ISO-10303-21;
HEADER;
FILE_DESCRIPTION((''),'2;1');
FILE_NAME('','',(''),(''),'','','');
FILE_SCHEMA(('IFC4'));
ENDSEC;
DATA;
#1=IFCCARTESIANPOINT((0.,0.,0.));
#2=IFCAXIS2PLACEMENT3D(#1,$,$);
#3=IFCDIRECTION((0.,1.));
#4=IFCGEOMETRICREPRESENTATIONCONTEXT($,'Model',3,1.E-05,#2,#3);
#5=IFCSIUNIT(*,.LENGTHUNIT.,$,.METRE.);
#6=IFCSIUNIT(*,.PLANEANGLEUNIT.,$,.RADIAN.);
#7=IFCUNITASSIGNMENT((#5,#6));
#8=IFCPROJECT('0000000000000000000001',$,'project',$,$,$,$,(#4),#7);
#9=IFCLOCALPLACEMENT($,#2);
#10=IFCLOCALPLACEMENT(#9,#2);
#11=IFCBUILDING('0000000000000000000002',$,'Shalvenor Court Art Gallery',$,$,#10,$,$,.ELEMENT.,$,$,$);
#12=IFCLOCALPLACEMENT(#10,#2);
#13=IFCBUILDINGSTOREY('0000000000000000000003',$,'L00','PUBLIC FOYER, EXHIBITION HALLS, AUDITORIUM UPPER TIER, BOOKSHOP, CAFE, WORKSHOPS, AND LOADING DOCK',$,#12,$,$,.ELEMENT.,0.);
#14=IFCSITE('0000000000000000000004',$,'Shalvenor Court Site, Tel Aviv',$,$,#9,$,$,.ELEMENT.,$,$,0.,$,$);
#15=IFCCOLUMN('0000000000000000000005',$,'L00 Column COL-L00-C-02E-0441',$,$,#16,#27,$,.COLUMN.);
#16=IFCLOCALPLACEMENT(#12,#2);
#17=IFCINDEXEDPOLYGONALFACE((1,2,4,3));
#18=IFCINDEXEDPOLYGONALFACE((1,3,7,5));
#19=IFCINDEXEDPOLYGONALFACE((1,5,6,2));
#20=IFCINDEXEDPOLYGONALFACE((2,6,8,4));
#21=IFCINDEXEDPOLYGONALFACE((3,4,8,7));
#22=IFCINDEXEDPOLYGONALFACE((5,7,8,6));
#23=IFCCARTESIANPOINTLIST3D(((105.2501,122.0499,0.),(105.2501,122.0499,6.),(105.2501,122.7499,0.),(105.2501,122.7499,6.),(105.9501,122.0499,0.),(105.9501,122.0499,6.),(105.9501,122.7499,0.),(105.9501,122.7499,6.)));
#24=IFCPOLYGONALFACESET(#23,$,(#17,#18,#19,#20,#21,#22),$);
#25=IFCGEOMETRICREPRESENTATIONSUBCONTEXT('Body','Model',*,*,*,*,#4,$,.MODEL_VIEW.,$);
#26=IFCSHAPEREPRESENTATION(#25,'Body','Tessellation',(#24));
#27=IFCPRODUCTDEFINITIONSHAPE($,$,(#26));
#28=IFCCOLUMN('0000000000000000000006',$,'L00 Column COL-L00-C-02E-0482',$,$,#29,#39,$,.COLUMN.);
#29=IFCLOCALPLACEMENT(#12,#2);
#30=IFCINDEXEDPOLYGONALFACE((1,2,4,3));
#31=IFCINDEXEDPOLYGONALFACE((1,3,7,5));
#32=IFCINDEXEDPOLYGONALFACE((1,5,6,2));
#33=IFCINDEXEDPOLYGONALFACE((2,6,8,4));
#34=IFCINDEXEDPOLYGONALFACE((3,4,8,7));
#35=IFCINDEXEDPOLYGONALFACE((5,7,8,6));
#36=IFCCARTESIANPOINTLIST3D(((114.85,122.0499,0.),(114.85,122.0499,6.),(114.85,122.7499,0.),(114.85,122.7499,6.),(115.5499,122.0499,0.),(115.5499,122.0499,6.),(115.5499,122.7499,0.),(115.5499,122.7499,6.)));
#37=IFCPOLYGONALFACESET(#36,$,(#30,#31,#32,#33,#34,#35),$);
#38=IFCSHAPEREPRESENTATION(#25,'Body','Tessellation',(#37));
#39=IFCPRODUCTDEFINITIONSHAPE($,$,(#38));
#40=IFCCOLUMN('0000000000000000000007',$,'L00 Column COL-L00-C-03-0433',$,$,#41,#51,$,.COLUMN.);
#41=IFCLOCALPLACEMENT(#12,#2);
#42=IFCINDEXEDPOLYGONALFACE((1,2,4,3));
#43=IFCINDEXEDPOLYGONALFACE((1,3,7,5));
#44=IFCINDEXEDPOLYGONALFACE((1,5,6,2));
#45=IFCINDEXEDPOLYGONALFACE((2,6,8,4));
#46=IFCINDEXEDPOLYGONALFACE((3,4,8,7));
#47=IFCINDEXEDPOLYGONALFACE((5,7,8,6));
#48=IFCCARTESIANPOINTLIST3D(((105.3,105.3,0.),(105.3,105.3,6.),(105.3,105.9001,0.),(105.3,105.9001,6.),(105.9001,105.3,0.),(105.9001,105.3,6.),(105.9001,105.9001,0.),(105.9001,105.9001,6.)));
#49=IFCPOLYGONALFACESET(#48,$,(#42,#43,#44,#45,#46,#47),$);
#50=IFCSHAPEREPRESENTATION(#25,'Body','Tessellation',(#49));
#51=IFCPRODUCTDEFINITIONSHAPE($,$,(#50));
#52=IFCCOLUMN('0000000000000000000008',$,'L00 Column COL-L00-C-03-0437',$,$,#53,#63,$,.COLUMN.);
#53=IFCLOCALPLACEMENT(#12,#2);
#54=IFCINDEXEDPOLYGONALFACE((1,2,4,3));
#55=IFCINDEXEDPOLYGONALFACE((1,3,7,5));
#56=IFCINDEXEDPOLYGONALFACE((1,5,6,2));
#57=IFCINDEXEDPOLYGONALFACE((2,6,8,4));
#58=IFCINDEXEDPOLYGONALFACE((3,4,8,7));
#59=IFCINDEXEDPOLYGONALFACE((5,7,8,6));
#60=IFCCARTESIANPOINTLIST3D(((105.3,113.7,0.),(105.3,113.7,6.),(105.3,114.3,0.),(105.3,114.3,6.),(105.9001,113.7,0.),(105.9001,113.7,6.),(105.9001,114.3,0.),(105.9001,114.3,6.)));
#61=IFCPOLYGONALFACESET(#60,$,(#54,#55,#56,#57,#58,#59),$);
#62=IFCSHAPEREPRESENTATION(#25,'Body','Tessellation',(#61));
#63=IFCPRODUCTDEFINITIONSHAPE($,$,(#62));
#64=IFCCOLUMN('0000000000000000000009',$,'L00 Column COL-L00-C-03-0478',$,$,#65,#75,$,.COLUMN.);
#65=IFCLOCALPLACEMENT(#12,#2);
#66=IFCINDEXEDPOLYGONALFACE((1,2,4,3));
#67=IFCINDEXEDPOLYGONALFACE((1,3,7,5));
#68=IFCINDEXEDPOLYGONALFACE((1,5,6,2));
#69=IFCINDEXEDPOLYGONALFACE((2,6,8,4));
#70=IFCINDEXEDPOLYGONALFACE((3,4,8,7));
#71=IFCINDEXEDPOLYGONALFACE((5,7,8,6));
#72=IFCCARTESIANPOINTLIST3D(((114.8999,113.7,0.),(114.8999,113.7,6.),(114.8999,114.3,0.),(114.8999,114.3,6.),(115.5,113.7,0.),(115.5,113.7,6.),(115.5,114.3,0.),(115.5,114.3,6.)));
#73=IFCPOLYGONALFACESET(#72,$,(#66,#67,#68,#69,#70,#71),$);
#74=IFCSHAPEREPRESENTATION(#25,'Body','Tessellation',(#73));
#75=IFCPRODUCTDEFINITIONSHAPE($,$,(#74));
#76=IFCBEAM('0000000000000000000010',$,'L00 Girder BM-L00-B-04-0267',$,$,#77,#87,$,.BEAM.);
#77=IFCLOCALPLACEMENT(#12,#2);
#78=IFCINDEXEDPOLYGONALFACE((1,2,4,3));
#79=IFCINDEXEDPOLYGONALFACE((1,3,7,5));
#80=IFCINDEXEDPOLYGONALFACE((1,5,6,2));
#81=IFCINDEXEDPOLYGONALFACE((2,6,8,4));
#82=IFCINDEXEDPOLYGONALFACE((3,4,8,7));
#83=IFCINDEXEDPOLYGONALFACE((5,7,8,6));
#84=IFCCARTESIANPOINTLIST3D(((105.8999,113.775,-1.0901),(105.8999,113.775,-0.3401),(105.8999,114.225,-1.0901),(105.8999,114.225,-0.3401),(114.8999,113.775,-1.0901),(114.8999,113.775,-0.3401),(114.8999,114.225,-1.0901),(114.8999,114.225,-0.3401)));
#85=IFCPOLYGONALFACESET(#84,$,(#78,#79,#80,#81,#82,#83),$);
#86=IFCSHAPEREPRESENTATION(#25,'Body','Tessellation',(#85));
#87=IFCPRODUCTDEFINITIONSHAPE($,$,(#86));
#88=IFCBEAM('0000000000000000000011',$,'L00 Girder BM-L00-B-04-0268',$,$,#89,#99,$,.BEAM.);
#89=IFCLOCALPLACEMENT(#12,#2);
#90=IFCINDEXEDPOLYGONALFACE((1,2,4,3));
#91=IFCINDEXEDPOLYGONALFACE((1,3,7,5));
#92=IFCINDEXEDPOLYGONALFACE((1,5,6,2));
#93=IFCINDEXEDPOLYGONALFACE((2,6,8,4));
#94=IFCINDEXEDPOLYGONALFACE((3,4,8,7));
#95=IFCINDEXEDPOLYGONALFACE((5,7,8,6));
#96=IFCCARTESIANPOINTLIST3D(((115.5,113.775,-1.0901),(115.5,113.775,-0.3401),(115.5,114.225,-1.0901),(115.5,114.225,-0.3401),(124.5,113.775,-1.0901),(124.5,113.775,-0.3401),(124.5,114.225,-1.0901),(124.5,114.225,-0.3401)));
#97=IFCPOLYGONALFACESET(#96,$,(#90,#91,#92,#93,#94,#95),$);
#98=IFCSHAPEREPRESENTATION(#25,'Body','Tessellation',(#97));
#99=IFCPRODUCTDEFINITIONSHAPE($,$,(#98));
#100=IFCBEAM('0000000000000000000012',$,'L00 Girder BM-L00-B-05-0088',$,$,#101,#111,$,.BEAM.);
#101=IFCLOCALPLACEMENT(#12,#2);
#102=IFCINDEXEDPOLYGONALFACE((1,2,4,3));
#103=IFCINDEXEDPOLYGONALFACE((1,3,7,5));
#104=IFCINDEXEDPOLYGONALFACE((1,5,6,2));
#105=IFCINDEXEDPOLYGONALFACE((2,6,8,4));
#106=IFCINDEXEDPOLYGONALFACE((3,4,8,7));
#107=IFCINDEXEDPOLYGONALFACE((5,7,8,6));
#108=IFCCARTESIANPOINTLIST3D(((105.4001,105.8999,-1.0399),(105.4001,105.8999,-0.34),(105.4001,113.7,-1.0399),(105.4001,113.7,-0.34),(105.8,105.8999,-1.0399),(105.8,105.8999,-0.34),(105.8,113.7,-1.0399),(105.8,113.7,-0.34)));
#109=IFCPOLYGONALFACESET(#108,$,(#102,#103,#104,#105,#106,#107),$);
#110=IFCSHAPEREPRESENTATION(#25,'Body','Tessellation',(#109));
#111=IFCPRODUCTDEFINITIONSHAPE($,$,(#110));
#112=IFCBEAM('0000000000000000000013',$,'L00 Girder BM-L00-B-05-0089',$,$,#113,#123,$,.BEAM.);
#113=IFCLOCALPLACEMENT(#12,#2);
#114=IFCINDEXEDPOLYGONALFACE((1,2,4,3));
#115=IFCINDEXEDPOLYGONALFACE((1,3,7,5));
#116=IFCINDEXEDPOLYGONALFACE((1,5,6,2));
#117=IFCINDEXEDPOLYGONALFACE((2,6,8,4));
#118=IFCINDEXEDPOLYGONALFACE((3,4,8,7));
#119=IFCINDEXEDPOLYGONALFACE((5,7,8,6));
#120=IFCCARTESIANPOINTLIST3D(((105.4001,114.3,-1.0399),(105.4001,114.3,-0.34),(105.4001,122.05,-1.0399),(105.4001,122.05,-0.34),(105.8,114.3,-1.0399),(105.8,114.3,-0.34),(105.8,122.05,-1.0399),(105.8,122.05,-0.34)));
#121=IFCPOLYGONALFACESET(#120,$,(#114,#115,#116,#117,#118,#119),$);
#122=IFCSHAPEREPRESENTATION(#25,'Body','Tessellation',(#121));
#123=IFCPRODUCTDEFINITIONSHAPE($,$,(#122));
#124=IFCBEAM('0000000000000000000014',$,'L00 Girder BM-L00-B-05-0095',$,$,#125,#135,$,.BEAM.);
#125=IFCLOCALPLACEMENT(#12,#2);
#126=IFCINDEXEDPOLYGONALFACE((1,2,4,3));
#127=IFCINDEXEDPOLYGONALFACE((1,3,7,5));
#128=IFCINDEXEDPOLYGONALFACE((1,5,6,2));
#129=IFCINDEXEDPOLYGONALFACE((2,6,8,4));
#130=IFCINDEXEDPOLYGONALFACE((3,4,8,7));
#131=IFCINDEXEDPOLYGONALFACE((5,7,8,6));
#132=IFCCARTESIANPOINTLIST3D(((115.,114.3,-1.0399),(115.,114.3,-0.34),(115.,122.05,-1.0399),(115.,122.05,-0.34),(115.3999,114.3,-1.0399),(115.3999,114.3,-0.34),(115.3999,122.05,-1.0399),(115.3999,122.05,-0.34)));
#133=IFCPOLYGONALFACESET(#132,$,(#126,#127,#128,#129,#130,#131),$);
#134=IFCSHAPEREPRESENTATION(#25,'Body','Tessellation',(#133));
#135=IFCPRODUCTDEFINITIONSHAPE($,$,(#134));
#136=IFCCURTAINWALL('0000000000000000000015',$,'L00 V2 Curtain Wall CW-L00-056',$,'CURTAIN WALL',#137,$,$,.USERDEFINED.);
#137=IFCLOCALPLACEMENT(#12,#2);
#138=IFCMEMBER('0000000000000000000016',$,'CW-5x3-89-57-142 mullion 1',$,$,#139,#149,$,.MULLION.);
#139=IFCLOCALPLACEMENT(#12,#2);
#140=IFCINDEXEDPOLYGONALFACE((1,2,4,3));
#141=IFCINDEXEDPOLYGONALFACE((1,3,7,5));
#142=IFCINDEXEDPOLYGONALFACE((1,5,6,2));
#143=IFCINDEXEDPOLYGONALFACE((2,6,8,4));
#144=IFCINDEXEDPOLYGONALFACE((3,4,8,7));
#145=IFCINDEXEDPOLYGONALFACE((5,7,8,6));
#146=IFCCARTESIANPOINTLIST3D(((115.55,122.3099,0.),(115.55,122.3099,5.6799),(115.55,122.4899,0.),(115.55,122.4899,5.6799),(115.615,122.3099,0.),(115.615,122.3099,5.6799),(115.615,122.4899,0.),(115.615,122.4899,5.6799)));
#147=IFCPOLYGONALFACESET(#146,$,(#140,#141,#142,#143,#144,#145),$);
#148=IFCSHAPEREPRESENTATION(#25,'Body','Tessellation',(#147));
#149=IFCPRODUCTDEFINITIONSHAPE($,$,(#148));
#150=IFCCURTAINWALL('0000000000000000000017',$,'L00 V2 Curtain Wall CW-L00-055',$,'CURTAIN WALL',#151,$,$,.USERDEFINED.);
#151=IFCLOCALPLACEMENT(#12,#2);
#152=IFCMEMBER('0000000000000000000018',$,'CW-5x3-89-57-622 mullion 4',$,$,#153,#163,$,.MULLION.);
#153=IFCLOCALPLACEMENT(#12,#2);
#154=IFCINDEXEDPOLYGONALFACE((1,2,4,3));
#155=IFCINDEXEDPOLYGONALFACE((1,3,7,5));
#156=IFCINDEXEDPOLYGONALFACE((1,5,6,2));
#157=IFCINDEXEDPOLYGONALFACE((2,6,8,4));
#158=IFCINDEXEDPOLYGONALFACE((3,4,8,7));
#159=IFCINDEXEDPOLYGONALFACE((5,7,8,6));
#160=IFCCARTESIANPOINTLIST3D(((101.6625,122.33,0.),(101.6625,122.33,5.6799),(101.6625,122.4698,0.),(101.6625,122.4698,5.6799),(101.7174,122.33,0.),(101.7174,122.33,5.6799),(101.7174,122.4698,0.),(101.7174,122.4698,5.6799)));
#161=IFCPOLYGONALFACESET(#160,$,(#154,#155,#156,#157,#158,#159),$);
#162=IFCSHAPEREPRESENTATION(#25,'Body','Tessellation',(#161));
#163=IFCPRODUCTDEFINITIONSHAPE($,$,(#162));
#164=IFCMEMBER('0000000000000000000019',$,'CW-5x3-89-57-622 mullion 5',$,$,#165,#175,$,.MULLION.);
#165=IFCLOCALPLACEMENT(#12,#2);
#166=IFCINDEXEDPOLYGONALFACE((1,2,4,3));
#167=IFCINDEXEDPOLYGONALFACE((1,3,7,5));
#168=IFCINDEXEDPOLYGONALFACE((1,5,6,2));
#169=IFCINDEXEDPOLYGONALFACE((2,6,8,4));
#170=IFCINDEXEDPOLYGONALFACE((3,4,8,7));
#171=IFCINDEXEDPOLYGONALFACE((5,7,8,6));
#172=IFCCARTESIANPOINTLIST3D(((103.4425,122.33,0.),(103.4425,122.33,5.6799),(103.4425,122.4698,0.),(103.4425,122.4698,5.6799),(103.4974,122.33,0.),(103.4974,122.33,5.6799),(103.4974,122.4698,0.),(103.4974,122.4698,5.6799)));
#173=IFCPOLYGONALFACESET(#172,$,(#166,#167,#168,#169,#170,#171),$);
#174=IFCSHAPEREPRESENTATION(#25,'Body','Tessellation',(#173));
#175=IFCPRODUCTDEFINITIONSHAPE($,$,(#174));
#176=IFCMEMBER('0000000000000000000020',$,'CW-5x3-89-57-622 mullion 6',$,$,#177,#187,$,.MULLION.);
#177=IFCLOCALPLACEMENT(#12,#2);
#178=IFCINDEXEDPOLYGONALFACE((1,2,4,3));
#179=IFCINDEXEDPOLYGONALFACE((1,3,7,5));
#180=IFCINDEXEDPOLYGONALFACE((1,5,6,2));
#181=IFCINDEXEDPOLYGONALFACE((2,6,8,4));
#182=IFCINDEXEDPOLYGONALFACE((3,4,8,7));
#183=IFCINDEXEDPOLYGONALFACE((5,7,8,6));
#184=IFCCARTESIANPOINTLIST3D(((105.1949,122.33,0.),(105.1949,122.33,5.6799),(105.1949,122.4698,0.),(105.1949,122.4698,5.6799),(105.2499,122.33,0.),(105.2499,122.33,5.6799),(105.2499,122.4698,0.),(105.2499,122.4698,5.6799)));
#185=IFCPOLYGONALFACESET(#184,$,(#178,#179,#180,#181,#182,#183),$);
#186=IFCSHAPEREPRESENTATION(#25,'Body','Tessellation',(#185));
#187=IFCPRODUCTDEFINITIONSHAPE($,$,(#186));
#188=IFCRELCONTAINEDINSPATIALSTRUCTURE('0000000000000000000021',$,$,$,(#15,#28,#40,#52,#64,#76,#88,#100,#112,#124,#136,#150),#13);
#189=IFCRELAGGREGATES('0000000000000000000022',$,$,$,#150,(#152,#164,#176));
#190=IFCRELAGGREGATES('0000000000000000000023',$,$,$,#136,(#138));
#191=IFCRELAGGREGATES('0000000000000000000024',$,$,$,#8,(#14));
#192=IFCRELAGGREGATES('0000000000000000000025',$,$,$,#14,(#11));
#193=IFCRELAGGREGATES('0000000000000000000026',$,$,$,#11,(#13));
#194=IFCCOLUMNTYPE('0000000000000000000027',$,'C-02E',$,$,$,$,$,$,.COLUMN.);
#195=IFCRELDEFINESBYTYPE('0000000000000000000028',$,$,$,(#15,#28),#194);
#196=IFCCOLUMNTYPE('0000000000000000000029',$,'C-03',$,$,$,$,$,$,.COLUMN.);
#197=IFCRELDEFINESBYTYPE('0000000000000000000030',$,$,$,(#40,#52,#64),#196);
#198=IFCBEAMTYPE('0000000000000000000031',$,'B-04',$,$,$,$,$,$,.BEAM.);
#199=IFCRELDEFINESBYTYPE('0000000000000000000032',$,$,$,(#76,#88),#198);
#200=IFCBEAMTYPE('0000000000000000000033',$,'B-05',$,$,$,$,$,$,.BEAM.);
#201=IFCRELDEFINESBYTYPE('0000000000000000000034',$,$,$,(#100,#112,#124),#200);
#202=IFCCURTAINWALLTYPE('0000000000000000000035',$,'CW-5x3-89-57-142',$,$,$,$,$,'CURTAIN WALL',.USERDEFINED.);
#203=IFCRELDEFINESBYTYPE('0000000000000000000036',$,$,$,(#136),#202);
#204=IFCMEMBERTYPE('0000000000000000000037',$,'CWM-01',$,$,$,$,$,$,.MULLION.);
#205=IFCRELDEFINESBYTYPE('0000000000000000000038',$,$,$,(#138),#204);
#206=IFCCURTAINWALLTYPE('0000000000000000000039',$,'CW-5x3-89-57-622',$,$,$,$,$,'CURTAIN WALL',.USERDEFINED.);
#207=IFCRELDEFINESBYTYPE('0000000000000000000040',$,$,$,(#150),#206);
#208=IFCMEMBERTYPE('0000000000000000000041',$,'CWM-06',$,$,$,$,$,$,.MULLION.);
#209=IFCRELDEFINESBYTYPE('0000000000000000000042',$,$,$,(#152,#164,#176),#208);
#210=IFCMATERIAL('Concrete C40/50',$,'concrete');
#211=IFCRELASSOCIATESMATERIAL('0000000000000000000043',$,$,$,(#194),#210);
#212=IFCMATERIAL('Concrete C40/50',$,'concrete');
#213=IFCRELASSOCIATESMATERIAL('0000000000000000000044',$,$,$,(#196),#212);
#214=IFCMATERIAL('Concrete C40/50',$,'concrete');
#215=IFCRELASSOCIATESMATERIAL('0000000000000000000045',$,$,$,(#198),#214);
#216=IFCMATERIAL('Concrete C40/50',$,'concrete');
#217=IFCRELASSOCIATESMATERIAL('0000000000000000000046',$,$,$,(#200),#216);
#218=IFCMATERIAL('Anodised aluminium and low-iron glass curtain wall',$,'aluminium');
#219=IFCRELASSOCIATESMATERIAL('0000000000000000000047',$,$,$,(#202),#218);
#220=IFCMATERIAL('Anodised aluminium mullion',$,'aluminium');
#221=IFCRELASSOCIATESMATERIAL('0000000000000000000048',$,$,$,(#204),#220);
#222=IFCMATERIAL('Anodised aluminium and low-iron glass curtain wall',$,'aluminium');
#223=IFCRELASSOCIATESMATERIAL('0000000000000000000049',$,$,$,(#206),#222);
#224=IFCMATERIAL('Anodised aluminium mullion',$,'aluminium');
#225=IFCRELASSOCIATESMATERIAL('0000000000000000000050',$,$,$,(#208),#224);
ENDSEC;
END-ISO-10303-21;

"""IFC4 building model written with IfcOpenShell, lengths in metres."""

from ifc_helpers import new_model, si_unit, direction, frame, origin, origin_2d, place, context, subcontext, project, spatial, rectangle, extrude, material, material_profile, profile_set, type_object, element, aggregate, save


model = new_model("IFC4")

# Units and contexts
model_context = context("Model", 3, precision=1e-05, world=origin(), true_north=direction((0.0, 1.0)))
body_context = subcontext(model_context, "Body", "Model", "MODEL_VIEW")
ifc_project = project(units=[si_unit("LENGTHUNIT", "METRE"), si_unit("PLANEANGLEUNIT", "RADIAN")], contexts=[model_context])

# Site, building, storey
site_placement = place(None, origin())
site = spatial("IfcSite", under=ifc_project, at=site_placement, Name="Shalvenor Court Site, Tel Aviv", CompositionType="ELEMENT", RefElevation=0.0)
building_placement = place(site_placement, origin())
building = spatial("IfcBuilding", under=site, at=building_placement, Name="Shalvenor Court Art Gallery", CompositionType="ELEMENT")
storey_placement = place(building_placement, origin())
storey = spatial("IfcBuildingStorey", under=building, at=storey_placement, Name="L00", Description="PUBLIC FOYER, EXHIBITION HALLS, AUDITORIUM UPPER TIER, BOOKSHOP, CAFE, WORKSHOPS, AND LOADING DOCK", CompositionType="ELEMENT", Elevation=0.0)

# Columns
ifc_material_1 = material(Name="Concrete C40/50", Category="concrete")
ifc_material_profile_1 = material_profile(ifc_material_1, rectangle(XDim=0.7, YDim=0.7, at=origin_2d()), Name="RC 700x700")
ifc_profile_set_1 = profile_set([ifc_material_profile_1], Name="Concrete C40/50")
column_type_1 = type_object("IfcColumnType", Name="C-02E", PredefinedType="COLUMN", material=ifc_profile_set_1)
for number, where, z_axis, x_axis, name in (
    (1, (105.6001, 122.3999, 0.0), (0.0, 0.0, 1.0), (1.0, 0.0, 0.0), "L00 Column COL-L00-C-02E-0441"),
    (2, (115.2, 122.3999, 0.0), (0.0, 0.0, 1.0), (1.0, 0.0, 0.0), "L00 Column COL-L00-C-02E-0482"),
):
    element("IfcColumn", number, at=place(storey_placement, frame(where, z_axis=z_axis, x_axis=x_axis)), inside=storey, type_object=column_type_1, Name=name, PredefinedType="COLUMN", context=body_context, shape_type="SweptSolid", body=[
        extrude(rectangle(XDim=0.7, YDim=0.7, at=origin_2d()), origin(), (0.0, 0.0, 1.0), 6.0),
    ])
ifc_material_2 = material(Name="Concrete C40/50", Category="concrete")
ifc_material_profile_2 = material_profile(ifc_material_2, rectangle(XDim=0.6001, YDim=0.6001, at=origin_2d()), Name="RC 600x600")
ifc_profile_set_2 = profile_set([ifc_material_profile_2], Name="Concrete C40/50")
column_type_2 = type_object("IfcColumnType", Name="C-03", PredefinedType="COLUMN", material=ifc_profile_set_2)
for number, where, z_axis, x_axis, name in (
    (3, (105.6001, 105.6001, 0.0), (0.0, 0.0, 1.0), (1.0, 0.0, 0.0), "L00 Column COL-L00-C-03-0433"),
    (4, (105.6001, 114.0, 0.0), (0.0, 0.0, 1.0), (1.0, 0.0, 0.0), "L00 Column COL-L00-C-03-0437"),
    (5, (115.2, 114.0, 0.0), (0.0, 0.0, 1.0), (1.0, 0.0, 0.0), "L00 Column COL-L00-C-03-0478"),
):
    element("IfcColumn", number, at=place(storey_placement, frame(where, z_axis=z_axis, x_axis=x_axis)), inside=storey, type_object=column_type_2, Name=name, PredefinedType="COLUMN", context=body_context, shape_type="SweptSolid", body=[
        extrude(rectangle(XDim=0.6001, YDim=0.6001, at=origin_2d()), origin(), (0.0, 0.0, 1.0), 6.0),
    ])

# Beams
ifc_material_3 = material(Name="Concrete C40/50", Category="concrete")
ifc_material_profile_3 = material_profile(ifc_material_3, rectangle(XDim=0.45, YDim=0.75, at=origin_2d()), Name="RC 450x750")
ifc_profile_set_3 = profile_set([ifc_material_profile_3], Name="Concrete C40/50")
beam_type_1 = type_object("IfcBeamType", Name="B-04", PredefinedType="BEAM", material=ifc_profile_set_3)
for number, where, z_axis, x_axis, name in (
    (6, (105.8999, 114.0, -0.7151), (1.0, 0.0, 0.0), (0.0, 1.0, 0.0), "L00 Girder BM-L00-B-04-0267"),
    (7, (115.5, 114.0, -0.7151), (1.0, 0.0, 0.0), (0.0, 1.0, 0.0), "L00 Girder BM-L00-B-04-0268"),
):
    element("IfcBeam", number, at=place(storey_placement, frame(where, z_axis=z_axis, x_axis=x_axis)), inside=storey, type_object=beam_type_1, Name=name, PredefinedType="BEAM", context=body_context, shape_type="SweptSolid", body=[
        extrude(rectangle(XDim=0.45, YDim=0.75, at=origin_2d()), origin(), (0.0, 0.0, 1.0), 9.0),
    ])
ifc_material_4 = material(Name="Concrete C40/50", Category="concrete")
ifc_material_profile_4 = material_profile(ifc_material_4, rectangle(XDim=0.3999, YDim=0.7, at=origin_2d()), Name="RC 400x700")
ifc_profile_set_4 = profile_set([ifc_material_profile_4], Name="Concrete C40/50")
beam_type_2 = type_object("IfcBeamType", Name="B-05", PredefinedType="BEAM", material=ifc_profile_set_4)
beam_1_placement = place(storey_placement, frame((105.6001, 105.8999, -0.6899), z_axis=(0.0, 1.0, 0.0), x_axis=(-1.0, 0.0, 0.0)))
element("IfcBeam", 8, at=beam_1_placement, inside=storey, type_object=beam_type_2, Name="L00 Girder BM-L00-B-05-0088", PredefinedType="BEAM", context=body_context, shape_type="SweptSolid", body=[
    extrude(rectangle(XDim=0.3999, YDim=0.7, at=origin_2d()), origin(), (0.0, 0.0, 1.0), 7.8),
])
for number, where, z_axis, x_axis, name in (
    (9, (105.6001, 114.3, -0.6899), (0.0, 1.0, 0.0), (-1.0, 0.0, 0.0), "L00 Girder BM-L00-B-05-0089"),
    (10, (115.2, 114.3, -0.6899), (0.0, 1.0, 0.0), (-1.0, 0.0, 0.0), "L00 Girder BM-L00-B-05-0095"),
):
    element("IfcBeam", number, at=place(storey_placement, frame(where, z_axis=z_axis, x_axis=x_axis)), inside=storey, type_object=beam_type_2, Name=name, PredefinedType="BEAM", context=body_context, shape_type="SweptSolid", body=[
        extrude(rectangle(XDim=0.3999, YDim=0.7, at=origin_2d()), origin(), (0.0, 0.0, 1.0), 7.75),
    ])

# Curtain wall, member
ifc_material_5 = material(Name="Anodised aluminium and low-iron glass curtain wall", Category="aluminium")
curtain_wall_type_1 = type_object("IfcCurtainWallType", Name="CW-5x3-89-57-142", ElementType="CURTAIN WALL", PredefinedType="USERDEFINED", material=ifc_material_5)
curtain_wall_1_placement = place(storey_placement, origin())
curtain_wall_1 = element("IfcCurtainWall", 11, at=curtain_wall_1_placement, inside=storey, type_object=curtain_wall_type_1, Name="L00 V2 Curtain Wall CW-L00-056", ObjectType="CURTAIN WALL", PredefinedType="USERDEFINED")
ifc_material_6 = material(Name="Anodised aluminium mullion", Category="aluminium")
ifc_material_profile_5 = material_profile(ifc_material_6, rectangle(XDim=0.0649, YDim=0.1799, at=origin_2d()), Name="CWM-01")
ifc_profile_set_5 = profile_set([ifc_material_profile_5], Name="Anodised aluminium mullion")
member_type_1 = type_object("IfcMemberType", Name="CWM-01", PredefinedType="MULLION", material=ifc_profile_set_5)
member_1_placement = place(storey_placement, frame((115.5825, 122.3999, 0.0), z_axis=(0.0, 0.0, 1.0), x_axis=(1.0, 0.0, 0.0)))
member_1 = element("IfcMember", 12, at=member_1_placement, type_object=member_type_1, Name="CW-5x3-89-57-142 mullion 1", PredefinedType="MULLION", context=body_context, shape_type="SweptSolid", body=[
    extrude(rectangle(XDim=0.0649, YDim=0.1799, at=origin_2d()), origin(), (0.0, 0.0, 1.0), 5.6799),
])

# Curtain wall, members
ifc_material_7 = material(Name="Anodised aluminium and low-iron glass curtain wall", Category="aluminium")
curtain_wall_type_2 = type_object("IfcCurtainWallType", Name="CW-5x3-89-57-622", ElementType="CURTAIN WALL", PredefinedType="USERDEFINED", material=ifc_material_7)
curtain_wall_2_placement = place(storey_placement, origin())
curtain_wall_2 = element("IfcCurtainWall", 13, at=curtain_wall_2_placement, inside=storey, type_object=curtain_wall_type_2, Name="L00 V2 Curtain Wall CW-L00-055", ObjectType="CURTAIN WALL", PredefinedType="USERDEFINED")
ifc_material_8 = material(Name="Anodised aluminium mullion", Category="aluminium")
ifc_material_profile_6 = material_profile(ifc_material_8, rectangle(XDim=0.0549, YDim=0.1399, at=origin_2d()), Name="CWM-06")
ifc_profile_set_6 = profile_set([ifc_material_profile_6], Name="Anodised aluminium mullion")
member_type_2 = type_object("IfcMemberType", Name="CWM-06", PredefinedType="MULLION", material=ifc_profile_set_6)
member_2_placement = place(storey_placement, frame((101.6899, 122.3999, 0.0), z_axis=(0.0, 0.0, 1.0), x_axis=(1.0, 0.0, 0.0)))
member_2 = element("IfcMember", 14, at=member_2_placement, type_object=member_type_2, Name="CW-5x3-89-57-622 mullion 4", PredefinedType="MULLION", context=body_context, shape_type="SweptSolid", body=[
    extrude(rectangle(XDim=0.0549, YDim=0.1399, at=origin_2d()), origin(), (0.0, 0.0, 1.0), 5.6799),
])
member_3_placement = place(storey_placement, frame((103.47, 122.3999, 0.0), z_axis=(0.0, 0.0, 1.0), x_axis=(1.0, 0.0, 0.0)))
member_3 = element("IfcMember", 15, at=member_3_placement, type_object=member_type_2, Name="CW-5x3-89-57-622 mullion 5", PredefinedType="MULLION", context=body_context, shape_type="SweptSolid", body=[
    extrude(rectangle(XDim=0.0549, YDim=0.1399, at=origin_2d()), origin(), (0.0, 0.0, 1.0), 5.6799),
])
member_4_placement = place(storey_placement, frame((105.2224, 122.3999, 0.0), z_axis=(0.0, 0.0, 1.0), x_axis=(1.0, 0.0, 0.0)))
member_4 = element("IfcMember", 16, at=member_4_placement, type_object=member_type_2, Name="CW-5x3-89-57-622 mullion 6", PredefinedType="MULLION", context=body_context, shape_type="SweptSolid", body=[
    extrude(rectangle(XDim=0.0549, YDim=0.1399, at=origin_2d()), origin(), (0.0, 0.0, 1.0), 5.6799),
])

aggregate(curtain_wall_2, [member_2, member_3, member_4])
aggregate(curtain_wall_1, [member_1])

save(model, "model.ifc")
